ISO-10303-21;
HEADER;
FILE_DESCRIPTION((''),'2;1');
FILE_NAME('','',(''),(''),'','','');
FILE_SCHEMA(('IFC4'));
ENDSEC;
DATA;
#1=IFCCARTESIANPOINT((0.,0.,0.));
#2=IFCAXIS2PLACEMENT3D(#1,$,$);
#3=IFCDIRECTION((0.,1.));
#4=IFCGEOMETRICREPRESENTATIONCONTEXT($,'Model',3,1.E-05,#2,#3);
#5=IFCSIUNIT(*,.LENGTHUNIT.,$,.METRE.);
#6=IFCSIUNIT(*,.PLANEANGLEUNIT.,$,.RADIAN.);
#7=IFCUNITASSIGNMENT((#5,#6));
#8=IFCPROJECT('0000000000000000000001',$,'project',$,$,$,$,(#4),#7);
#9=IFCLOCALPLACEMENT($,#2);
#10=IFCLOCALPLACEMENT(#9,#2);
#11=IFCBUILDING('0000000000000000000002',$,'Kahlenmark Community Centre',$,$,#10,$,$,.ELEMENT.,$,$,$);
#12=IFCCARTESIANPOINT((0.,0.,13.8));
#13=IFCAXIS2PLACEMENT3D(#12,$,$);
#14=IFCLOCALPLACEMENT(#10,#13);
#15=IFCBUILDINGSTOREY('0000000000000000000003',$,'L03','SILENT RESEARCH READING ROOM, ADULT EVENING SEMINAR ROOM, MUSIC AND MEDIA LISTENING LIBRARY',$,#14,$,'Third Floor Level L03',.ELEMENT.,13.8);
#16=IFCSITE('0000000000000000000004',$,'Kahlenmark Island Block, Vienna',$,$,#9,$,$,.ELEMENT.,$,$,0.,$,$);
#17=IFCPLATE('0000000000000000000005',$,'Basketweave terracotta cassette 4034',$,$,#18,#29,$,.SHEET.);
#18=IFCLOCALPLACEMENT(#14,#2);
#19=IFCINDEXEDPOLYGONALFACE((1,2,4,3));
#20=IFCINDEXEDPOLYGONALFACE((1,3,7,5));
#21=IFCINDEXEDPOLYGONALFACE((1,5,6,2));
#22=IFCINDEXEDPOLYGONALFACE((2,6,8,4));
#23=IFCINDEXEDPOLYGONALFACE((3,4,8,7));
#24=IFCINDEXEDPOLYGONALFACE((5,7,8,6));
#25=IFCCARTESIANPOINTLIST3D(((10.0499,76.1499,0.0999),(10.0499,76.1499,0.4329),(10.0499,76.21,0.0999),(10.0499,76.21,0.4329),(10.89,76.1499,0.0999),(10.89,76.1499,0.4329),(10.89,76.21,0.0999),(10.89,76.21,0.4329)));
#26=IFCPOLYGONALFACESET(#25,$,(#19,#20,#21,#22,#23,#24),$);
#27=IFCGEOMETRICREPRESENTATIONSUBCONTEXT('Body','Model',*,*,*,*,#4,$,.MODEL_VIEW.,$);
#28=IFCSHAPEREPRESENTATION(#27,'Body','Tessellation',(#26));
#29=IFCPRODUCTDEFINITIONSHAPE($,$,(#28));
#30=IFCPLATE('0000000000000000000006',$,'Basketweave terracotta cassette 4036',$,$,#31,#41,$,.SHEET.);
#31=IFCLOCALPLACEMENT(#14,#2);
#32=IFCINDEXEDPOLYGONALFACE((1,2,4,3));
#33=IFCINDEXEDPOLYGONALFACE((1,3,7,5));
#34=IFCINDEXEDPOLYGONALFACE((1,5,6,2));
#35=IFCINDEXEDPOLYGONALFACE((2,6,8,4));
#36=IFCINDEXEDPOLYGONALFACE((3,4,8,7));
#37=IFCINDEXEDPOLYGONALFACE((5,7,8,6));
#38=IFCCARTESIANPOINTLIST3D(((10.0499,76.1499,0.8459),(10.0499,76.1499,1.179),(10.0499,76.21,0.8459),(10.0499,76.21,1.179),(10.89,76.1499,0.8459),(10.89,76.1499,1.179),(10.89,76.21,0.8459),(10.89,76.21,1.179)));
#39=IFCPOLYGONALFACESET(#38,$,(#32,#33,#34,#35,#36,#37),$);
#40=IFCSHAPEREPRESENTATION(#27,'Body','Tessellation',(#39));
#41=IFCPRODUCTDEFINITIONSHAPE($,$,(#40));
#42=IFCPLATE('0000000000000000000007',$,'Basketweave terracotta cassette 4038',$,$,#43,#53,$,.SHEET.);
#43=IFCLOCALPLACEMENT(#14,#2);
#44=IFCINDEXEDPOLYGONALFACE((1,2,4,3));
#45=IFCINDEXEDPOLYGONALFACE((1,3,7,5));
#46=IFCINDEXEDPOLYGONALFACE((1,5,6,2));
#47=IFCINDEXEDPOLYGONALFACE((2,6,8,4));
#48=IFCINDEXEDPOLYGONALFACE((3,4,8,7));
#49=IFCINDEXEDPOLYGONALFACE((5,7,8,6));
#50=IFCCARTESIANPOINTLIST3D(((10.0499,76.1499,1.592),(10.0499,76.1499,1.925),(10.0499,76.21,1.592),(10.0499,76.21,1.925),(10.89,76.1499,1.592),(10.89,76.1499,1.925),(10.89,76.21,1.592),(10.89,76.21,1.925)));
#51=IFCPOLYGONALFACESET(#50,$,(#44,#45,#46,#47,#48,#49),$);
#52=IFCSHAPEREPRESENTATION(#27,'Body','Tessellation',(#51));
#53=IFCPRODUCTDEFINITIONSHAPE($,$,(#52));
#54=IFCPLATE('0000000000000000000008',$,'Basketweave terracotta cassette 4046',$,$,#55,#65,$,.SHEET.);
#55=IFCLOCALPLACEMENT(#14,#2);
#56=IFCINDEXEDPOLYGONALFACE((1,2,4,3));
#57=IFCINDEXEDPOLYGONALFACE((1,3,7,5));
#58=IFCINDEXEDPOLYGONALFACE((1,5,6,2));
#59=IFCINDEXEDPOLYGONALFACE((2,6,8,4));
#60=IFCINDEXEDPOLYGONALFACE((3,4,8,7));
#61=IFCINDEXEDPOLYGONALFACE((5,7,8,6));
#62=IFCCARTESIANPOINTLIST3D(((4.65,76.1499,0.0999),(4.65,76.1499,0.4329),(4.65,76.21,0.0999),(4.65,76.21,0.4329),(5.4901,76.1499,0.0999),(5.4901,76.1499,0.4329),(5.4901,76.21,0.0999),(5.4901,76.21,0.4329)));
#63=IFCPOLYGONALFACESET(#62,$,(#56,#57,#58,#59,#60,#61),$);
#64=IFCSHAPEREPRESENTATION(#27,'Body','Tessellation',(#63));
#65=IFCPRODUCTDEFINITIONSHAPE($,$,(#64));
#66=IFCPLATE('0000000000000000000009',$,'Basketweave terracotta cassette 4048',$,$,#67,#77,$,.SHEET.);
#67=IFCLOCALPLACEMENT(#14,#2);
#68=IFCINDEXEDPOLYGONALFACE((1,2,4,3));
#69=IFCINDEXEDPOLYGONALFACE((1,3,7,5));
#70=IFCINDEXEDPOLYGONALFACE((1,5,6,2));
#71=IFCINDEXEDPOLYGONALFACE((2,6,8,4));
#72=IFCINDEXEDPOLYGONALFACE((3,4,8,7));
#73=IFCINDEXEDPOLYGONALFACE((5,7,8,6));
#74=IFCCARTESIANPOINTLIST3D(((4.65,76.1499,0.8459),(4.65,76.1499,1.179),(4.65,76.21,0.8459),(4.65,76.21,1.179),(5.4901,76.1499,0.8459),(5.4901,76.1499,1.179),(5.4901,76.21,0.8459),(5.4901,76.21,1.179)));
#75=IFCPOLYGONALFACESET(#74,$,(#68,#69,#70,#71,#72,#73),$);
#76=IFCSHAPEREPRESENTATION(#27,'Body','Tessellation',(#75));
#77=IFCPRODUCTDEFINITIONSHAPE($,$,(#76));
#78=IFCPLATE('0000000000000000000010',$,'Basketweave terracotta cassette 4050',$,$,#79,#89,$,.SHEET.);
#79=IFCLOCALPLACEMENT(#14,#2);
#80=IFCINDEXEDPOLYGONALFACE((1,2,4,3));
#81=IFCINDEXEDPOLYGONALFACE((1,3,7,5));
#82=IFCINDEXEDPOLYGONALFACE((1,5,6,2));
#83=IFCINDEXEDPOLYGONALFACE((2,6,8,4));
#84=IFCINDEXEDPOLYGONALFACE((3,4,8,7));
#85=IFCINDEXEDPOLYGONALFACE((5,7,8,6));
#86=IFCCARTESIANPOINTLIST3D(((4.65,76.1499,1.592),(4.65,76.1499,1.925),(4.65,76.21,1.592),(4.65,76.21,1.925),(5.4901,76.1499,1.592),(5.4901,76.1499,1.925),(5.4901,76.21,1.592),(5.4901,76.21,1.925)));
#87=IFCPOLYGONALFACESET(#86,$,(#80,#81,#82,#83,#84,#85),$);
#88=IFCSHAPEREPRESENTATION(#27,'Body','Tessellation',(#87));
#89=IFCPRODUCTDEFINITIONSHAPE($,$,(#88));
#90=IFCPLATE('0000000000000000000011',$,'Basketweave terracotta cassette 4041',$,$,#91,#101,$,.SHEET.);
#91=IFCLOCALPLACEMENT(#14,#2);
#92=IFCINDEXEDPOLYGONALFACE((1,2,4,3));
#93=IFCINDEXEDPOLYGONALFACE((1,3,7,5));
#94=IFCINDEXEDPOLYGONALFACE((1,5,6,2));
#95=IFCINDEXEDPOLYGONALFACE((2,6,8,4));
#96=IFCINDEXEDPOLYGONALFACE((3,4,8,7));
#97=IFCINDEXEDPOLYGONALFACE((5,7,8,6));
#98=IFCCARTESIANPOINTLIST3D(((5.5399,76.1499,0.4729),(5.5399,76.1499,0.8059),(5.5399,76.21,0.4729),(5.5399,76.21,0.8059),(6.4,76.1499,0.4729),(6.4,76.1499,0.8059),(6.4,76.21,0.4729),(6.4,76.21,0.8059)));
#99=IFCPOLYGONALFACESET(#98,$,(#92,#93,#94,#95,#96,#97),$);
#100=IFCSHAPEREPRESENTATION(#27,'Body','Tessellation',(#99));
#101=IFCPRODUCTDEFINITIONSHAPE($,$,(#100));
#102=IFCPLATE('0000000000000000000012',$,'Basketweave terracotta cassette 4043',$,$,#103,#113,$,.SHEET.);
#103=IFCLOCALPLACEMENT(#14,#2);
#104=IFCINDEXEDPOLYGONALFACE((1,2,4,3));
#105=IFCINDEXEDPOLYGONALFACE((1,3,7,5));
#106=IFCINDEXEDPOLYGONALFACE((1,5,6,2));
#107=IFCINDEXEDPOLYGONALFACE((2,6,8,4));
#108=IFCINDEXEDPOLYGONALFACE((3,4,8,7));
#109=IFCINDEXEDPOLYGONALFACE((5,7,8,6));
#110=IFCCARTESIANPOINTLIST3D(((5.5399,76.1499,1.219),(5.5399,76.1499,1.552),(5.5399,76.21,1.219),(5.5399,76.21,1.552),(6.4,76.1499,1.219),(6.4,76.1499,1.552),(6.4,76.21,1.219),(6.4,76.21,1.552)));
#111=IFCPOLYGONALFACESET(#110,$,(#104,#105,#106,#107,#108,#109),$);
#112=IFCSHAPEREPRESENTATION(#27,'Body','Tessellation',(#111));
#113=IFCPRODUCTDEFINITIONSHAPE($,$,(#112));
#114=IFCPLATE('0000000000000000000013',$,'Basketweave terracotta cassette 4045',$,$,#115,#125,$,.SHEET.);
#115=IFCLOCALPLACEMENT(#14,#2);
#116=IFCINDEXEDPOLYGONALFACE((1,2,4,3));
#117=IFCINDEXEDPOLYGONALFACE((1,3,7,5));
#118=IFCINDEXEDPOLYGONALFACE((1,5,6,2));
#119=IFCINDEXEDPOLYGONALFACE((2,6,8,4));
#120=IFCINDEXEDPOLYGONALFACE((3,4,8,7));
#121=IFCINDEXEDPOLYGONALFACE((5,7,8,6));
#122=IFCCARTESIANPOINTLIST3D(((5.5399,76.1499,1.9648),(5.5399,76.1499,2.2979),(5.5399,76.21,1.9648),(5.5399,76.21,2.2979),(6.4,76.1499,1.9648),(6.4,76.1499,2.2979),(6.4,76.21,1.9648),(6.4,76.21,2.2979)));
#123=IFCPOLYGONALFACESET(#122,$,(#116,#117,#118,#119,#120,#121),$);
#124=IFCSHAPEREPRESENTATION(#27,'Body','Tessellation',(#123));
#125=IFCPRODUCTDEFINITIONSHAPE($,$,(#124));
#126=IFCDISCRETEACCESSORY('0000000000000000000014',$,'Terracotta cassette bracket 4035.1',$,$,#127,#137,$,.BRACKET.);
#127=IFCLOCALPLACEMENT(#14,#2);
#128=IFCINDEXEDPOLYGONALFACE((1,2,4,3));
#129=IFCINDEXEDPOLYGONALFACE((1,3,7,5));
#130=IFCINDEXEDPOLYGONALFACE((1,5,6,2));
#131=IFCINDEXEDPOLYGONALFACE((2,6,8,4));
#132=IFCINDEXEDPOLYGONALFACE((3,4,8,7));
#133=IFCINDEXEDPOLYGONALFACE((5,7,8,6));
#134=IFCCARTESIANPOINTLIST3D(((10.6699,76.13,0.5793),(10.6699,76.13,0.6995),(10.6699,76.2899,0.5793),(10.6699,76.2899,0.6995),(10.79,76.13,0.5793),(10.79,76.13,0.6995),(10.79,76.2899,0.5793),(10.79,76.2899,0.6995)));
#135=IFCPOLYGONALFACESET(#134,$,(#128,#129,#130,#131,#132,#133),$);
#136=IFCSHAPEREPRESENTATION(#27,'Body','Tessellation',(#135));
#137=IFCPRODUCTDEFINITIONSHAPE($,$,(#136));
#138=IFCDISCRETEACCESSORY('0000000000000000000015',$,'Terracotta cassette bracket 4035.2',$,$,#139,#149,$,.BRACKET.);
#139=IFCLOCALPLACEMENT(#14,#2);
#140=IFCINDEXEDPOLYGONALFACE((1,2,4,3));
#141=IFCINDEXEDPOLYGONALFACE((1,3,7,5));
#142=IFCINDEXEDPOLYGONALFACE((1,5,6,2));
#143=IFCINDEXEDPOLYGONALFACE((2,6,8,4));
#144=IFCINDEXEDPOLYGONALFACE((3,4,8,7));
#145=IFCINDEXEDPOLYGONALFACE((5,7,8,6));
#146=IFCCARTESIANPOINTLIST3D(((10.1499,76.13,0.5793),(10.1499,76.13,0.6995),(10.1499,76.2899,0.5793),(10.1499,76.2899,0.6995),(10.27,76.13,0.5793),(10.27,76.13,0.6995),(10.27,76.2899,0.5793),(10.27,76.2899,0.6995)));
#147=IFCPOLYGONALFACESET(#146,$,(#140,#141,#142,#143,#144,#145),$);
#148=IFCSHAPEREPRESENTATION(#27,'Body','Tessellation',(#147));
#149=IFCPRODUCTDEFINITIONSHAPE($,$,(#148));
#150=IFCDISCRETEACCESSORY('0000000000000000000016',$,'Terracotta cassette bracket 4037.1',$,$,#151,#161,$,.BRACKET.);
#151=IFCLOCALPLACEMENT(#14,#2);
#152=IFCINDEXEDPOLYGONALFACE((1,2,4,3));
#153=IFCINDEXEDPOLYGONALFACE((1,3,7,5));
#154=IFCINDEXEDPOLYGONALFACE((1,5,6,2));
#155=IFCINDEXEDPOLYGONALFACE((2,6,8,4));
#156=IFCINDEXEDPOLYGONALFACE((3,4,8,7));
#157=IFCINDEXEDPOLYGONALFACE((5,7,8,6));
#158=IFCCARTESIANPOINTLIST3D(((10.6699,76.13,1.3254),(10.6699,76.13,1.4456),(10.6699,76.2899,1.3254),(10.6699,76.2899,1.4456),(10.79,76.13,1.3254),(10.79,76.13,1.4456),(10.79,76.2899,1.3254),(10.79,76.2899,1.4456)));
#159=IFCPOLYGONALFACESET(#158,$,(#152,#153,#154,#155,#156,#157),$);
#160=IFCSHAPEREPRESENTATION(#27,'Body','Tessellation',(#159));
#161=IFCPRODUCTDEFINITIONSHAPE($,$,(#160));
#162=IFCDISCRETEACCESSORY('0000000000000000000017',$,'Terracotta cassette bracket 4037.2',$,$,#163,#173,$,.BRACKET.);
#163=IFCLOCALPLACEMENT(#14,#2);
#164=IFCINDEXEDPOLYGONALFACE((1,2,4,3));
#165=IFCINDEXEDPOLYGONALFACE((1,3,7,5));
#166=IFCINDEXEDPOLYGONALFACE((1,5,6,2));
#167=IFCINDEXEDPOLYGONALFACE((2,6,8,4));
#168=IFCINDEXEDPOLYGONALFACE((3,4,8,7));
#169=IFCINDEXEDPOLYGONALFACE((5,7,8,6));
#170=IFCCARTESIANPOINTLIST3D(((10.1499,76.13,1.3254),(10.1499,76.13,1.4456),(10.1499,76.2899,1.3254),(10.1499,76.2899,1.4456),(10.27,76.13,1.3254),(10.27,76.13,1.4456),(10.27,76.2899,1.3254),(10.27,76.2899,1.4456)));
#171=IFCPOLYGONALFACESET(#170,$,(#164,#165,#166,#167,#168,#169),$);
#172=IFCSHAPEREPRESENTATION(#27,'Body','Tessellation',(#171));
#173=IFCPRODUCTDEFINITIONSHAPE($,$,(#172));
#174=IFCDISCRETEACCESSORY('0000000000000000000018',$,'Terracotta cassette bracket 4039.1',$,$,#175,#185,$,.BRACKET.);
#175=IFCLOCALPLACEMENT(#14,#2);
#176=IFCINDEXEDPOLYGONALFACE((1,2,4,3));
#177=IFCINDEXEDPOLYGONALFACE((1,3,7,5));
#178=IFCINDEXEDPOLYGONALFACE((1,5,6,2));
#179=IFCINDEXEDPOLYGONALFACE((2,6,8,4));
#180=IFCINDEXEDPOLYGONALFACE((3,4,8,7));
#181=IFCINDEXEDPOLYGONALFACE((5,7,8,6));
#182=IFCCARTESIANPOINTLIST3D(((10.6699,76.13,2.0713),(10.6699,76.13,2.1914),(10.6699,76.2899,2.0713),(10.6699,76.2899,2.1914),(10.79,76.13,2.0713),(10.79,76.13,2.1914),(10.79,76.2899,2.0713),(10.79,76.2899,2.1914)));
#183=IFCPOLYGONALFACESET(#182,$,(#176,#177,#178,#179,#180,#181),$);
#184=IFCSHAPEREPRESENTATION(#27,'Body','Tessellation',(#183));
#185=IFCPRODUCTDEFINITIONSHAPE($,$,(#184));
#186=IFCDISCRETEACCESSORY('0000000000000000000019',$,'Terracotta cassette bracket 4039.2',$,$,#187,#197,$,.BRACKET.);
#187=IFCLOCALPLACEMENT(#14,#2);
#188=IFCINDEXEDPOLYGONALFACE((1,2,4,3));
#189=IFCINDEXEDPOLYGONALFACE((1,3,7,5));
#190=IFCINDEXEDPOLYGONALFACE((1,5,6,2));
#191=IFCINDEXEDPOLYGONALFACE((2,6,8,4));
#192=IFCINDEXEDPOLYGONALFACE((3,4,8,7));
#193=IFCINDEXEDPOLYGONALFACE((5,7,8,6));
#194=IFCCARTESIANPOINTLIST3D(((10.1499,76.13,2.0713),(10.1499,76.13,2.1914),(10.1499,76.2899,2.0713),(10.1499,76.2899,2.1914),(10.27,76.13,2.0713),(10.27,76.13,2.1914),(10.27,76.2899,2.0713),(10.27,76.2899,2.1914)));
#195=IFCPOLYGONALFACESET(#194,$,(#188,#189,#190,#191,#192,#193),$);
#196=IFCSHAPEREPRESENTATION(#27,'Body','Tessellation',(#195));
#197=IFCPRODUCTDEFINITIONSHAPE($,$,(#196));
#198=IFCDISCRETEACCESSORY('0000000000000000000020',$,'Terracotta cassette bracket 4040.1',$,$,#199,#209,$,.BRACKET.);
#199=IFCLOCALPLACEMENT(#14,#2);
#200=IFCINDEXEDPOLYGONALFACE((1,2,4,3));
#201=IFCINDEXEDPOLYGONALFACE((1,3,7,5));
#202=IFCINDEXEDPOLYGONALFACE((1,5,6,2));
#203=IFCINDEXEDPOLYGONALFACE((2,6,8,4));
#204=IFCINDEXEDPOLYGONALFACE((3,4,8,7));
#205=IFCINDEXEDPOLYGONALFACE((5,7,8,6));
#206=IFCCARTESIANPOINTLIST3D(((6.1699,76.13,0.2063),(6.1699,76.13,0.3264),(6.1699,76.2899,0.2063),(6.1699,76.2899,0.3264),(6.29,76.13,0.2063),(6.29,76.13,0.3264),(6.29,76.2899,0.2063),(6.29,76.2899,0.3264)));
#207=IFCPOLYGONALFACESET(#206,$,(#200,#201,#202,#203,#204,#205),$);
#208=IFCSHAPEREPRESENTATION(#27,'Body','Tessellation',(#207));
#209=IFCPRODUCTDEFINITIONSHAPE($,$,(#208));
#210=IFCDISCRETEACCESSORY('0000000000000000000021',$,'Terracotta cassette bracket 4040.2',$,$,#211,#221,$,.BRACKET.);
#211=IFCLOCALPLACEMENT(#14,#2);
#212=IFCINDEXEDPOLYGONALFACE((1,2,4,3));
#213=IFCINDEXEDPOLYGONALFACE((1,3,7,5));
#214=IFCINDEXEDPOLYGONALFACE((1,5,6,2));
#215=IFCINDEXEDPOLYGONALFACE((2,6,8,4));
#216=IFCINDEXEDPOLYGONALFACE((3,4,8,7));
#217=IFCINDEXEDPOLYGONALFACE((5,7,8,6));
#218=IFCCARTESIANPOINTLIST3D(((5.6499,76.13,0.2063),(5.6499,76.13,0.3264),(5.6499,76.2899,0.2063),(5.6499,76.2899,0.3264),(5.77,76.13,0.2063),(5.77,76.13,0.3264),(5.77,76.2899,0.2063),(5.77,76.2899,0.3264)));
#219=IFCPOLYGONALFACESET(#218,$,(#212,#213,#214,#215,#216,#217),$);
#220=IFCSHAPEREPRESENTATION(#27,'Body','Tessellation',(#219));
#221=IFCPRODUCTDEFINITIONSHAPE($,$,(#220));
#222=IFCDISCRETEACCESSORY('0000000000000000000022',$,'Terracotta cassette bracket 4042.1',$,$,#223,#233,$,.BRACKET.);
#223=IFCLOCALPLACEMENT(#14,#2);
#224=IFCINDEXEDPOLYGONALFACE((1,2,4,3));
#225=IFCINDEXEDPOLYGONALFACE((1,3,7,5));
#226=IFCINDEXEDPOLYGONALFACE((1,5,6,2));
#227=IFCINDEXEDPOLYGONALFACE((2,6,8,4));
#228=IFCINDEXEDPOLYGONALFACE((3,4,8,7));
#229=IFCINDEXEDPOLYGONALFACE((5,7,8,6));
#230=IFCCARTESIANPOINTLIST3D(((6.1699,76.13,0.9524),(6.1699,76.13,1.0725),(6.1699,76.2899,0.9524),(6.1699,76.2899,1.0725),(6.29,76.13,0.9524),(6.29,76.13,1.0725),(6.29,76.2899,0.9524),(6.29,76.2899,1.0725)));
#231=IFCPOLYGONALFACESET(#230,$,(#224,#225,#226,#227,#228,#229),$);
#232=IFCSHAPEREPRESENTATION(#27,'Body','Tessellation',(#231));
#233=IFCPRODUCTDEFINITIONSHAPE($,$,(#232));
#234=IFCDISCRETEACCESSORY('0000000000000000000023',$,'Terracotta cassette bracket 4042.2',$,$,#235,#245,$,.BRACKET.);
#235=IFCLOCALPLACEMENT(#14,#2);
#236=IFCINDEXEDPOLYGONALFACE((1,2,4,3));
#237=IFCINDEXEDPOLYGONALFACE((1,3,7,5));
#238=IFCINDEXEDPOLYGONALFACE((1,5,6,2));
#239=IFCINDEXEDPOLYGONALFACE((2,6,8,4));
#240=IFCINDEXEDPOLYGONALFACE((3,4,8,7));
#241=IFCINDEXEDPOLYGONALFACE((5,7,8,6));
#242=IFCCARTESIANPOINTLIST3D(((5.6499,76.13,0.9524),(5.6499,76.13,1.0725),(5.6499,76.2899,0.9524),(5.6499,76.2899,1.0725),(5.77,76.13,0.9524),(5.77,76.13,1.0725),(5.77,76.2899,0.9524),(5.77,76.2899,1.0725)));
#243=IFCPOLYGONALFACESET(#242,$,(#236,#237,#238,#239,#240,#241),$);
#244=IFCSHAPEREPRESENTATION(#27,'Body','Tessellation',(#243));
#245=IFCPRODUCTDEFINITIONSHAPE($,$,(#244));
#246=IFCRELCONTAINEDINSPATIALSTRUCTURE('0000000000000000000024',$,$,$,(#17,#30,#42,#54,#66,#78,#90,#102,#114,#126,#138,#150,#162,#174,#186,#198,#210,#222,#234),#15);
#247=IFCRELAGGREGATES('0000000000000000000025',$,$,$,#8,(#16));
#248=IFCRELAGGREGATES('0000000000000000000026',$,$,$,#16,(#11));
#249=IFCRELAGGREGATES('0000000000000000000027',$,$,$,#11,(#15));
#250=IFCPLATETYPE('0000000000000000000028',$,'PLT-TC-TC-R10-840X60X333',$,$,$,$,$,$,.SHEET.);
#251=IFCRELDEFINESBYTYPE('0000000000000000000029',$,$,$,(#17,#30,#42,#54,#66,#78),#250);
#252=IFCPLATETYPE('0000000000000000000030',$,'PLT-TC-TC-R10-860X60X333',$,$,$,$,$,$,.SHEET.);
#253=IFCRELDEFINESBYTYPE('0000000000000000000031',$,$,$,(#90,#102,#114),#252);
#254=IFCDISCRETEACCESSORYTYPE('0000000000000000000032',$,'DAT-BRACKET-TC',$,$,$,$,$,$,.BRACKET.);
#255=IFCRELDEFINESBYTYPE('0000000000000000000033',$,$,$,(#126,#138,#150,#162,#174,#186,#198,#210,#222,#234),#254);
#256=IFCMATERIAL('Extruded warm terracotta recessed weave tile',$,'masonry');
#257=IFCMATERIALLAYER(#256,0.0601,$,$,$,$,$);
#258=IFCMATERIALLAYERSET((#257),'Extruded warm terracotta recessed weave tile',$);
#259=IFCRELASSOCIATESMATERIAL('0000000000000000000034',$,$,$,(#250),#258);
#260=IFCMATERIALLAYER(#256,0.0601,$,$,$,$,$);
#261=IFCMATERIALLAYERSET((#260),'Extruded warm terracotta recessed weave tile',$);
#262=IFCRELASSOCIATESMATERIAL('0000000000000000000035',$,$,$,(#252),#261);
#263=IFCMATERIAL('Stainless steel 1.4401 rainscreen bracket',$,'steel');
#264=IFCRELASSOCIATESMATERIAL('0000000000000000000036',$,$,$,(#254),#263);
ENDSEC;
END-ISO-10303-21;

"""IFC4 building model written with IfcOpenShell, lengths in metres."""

from ifc_helpers import new_model, si_unit, direction, frame, origin, origin_2d, place, context, subcontext, project, spatial, rectangle, extrude, material, layer, layer_set, type_object, element, save


model = new_model("IFC4")

# Units and contexts
model_context = context("Model", 3, precision=1e-05, world=origin(), true_north=direction((0.0, 1.0)))
body_context = subcontext(model_context, "Body", "Model", "MODEL_VIEW")
ifc_project = project(units=[si_unit("LENGTHUNIT", "METRE"), si_unit("PLANEANGLEUNIT", "RADIAN")], contexts=[model_context])

# Site, building, storey
site_placement = place(None, origin())
site = spatial("IfcSite", under=ifc_project, at=site_placement, Name="Kahlenmark Island Block, Vienna", CompositionType="ELEMENT", RefElevation=0.0)
building_placement = place(site_placement, origin())
building = spatial("IfcBuilding", under=site, at=building_placement, Name="Kahlenmark Community Centre", CompositionType="ELEMENT")
storey_placement = place(building_placement, frame((0.0, 0.0, 13.8)))
storey = spatial("IfcBuildingStorey", under=building, at=storey_placement, Name="L03", Description="SILENT RESEARCH READING ROOM, ADULT EVENING SEMINAR ROOM, MUSIC AND MEDIA LISTENING LIBRARY", LongName="Third Floor Level L03", CompositionType="ELEMENT", Elevation=13.8)

# Plates
ifc_material_1 = material(Name="Extruded warm terracotta recessed weave tile", Category="masonry")
ifc_layer_1 = layer(ifc_material_1, 0.0601)
ifc_layer_set_1 = layer_set([ifc_layer_1], Name="Extruded warm terracotta recessed weave tile")
plate_type_1 = type_object("IfcPlateType", Name="PLT-TC-TC-R10-840X60X333", PredefinedType="SHEET", material=ifc_layer_set_1)
for number, where, z_axis, x_axis, name in (
    (1, (10.47, 76.1799, 0.0999), (0.0, 0.0, 1.0), (-1.0, 0.0, 0.0), "Basketweave terracotta cassette 4034"),
    (2, (10.47, 76.1799, 0.8459), (0.0, 0.0, 1.0), (-1.0, 0.0, 0.0), "Basketweave terracotta cassette 4036"),
    (3, (10.47, 76.1799, 1.592), (0.0, 0.0, 1.0), (-1.0, 0.0, 0.0), "Basketweave terracotta cassette 4038"),
    (4, (5.0701, 76.1799, 0.0999), (0.0, 0.0, 1.0), (-1.0, 0.0, 0.0), "Basketweave terracotta cassette 4046"),
    (5, (5.0701, 76.1799, 0.8459), (0.0, 0.0, 1.0), (-1.0, 0.0, 0.0), "Basketweave terracotta cassette 4048"),
    (6, (5.0701, 76.1799, 1.592), (0.0, 0.0, 1.0), (-1.0, 0.0, 0.0), "Basketweave terracotta cassette 4050"),
):
    element("IfcPlate", number, at=place(storey_placement, frame(where, z_axis=z_axis, x_axis=x_axis)), inside=storey, type_object=plate_type_1, Name=name, PredefinedType="SHEET", context=body_context, shape_type="SweptSolid", body=[
        extrude(rectangle(XDim=0.8401, YDim=0.0601, at=origin_2d()), origin(), (0.0, 0.0, 1.0), 0.333),
    ])
ifc_layer_2 = layer(ifc_material_1, 0.0601)
ifc_layer_set_2 = layer_set([ifc_layer_2], Name="Extruded warm terracotta recessed weave tile")
plate_type_2 = type_object("IfcPlateType", Name="PLT-TC-TC-R10-860X60X333", PredefinedType="SHEET", material=ifc_layer_set_2)
for number, where, z_axis, x_axis, name in (
    (7, (5.97, 76.1799, 0.4729), (0.0, 0.0, 1.0), (-1.0, 0.0, 0.0), "Basketweave terracotta cassette 4041"),
    (8, (5.97, 76.1799, 1.219), (0.0, 0.0, 1.0), (-1.0, 0.0, 0.0), "Basketweave terracotta cassette 4043"),
    (9, (5.97, 76.1799, 1.9648), (0.0, 0.0, 1.0), (-1.0, 0.0, 0.0), "Basketweave terracotta cassette 4045"),
):
    element("IfcPlate", number, at=place(storey_placement, frame(where, z_axis=z_axis, x_axis=x_axis)), inside=storey, type_object=plate_type_2, Name=name, PredefinedType="SHEET", context=body_context, shape_type="SweptSolid", body=[
        extrude(rectangle(XDim=0.8601, YDim=0.0601, at=origin_2d()), origin(), (0.0, 0.0, 1.0), 0.333),
    ])

# Discrete accessories
ifc_material_2 = material(Name="Stainless steel 1.4401 rainscreen bracket", Category="steel")
discrete_accessory_type = type_object("IfcDiscreteAccessoryType", Name="DAT-BRACKET-TC", PredefinedType="BRACKET", material=ifc_material_2)
for number, where, z_axis, x_axis, name in (
    (10, (10.73, 76.21, 0.5793), (0.0, 0.0, 1.0), (-1.0, 0.0, 0.0), "Terracotta cassette bracket 4035.1"),
    (11, (10.21, 76.21, 0.5793), (0.0, 0.0, 1.0), (-1.0, 0.0, 0.0), "Terracotta cassette bracket 4035.2"),
    (12, (10.73, 76.21, 1.3254), (0.0, 0.0, 1.0), (-1.0, 0.0, 0.0), "Terracotta cassette bracket 4037.1"),
    (13, (10.21, 76.21, 1.3254), (0.0, 0.0, 1.0), (-1.0, 0.0, 0.0), "Terracotta cassette bracket 4037.2"),
    (14, (10.73, 76.21, 2.0713), (0.0, 0.0, 1.0), (-1.0, 0.0, 0.0), "Terracotta cassette bracket 4039.1"),
    (15, (10.21, 76.21, 2.0713), (0.0, 0.0, 1.0), (-1.0, 0.0, 0.0), "Terracotta cassette bracket 4039.2"),
    (16, (6.23, 76.21, 0.2063), (0.0, 0.0, 1.0), (-1.0, 0.0, 0.0), "Terracotta cassette bracket 4040.1"),
    (17, (5.71, 76.21, 0.2063), (0.0, 0.0, 1.0), (-1.0, 0.0, 0.0), "Terracotta cassette bracket 4040.2"),
    (18, (6.23, 76.21, 0.9524), (0.0, 0.0, 1.0), (-1.0, 0.0, 0.0), "Terracotta cassette bracket 4042.1"),
    (19, (5.71, 76.21, 0.9524), (0.0, 0.0, 1.0), (-1.0, 0.0, 0.0), "Terracotta cassette bracket 4042.2"),
):
    element("IfcDiscreteAccessory", number, at=place(storey_placement, frame(where, z_axis=z_axis, x_axis=x_axis)), inside=storey, type_object=discrete_accessory_type, Name=name, PredefinedType="BRACKET", context=body_context, shape_type="SweptSolid", body=[
        extrude(rectangle(XDim=0.1201, YDim=0.1599, at=origin_2d()), origin(), (0.0, 0.0, 1.0), 0.1201),
    ])

save(model, "model.ifc")
